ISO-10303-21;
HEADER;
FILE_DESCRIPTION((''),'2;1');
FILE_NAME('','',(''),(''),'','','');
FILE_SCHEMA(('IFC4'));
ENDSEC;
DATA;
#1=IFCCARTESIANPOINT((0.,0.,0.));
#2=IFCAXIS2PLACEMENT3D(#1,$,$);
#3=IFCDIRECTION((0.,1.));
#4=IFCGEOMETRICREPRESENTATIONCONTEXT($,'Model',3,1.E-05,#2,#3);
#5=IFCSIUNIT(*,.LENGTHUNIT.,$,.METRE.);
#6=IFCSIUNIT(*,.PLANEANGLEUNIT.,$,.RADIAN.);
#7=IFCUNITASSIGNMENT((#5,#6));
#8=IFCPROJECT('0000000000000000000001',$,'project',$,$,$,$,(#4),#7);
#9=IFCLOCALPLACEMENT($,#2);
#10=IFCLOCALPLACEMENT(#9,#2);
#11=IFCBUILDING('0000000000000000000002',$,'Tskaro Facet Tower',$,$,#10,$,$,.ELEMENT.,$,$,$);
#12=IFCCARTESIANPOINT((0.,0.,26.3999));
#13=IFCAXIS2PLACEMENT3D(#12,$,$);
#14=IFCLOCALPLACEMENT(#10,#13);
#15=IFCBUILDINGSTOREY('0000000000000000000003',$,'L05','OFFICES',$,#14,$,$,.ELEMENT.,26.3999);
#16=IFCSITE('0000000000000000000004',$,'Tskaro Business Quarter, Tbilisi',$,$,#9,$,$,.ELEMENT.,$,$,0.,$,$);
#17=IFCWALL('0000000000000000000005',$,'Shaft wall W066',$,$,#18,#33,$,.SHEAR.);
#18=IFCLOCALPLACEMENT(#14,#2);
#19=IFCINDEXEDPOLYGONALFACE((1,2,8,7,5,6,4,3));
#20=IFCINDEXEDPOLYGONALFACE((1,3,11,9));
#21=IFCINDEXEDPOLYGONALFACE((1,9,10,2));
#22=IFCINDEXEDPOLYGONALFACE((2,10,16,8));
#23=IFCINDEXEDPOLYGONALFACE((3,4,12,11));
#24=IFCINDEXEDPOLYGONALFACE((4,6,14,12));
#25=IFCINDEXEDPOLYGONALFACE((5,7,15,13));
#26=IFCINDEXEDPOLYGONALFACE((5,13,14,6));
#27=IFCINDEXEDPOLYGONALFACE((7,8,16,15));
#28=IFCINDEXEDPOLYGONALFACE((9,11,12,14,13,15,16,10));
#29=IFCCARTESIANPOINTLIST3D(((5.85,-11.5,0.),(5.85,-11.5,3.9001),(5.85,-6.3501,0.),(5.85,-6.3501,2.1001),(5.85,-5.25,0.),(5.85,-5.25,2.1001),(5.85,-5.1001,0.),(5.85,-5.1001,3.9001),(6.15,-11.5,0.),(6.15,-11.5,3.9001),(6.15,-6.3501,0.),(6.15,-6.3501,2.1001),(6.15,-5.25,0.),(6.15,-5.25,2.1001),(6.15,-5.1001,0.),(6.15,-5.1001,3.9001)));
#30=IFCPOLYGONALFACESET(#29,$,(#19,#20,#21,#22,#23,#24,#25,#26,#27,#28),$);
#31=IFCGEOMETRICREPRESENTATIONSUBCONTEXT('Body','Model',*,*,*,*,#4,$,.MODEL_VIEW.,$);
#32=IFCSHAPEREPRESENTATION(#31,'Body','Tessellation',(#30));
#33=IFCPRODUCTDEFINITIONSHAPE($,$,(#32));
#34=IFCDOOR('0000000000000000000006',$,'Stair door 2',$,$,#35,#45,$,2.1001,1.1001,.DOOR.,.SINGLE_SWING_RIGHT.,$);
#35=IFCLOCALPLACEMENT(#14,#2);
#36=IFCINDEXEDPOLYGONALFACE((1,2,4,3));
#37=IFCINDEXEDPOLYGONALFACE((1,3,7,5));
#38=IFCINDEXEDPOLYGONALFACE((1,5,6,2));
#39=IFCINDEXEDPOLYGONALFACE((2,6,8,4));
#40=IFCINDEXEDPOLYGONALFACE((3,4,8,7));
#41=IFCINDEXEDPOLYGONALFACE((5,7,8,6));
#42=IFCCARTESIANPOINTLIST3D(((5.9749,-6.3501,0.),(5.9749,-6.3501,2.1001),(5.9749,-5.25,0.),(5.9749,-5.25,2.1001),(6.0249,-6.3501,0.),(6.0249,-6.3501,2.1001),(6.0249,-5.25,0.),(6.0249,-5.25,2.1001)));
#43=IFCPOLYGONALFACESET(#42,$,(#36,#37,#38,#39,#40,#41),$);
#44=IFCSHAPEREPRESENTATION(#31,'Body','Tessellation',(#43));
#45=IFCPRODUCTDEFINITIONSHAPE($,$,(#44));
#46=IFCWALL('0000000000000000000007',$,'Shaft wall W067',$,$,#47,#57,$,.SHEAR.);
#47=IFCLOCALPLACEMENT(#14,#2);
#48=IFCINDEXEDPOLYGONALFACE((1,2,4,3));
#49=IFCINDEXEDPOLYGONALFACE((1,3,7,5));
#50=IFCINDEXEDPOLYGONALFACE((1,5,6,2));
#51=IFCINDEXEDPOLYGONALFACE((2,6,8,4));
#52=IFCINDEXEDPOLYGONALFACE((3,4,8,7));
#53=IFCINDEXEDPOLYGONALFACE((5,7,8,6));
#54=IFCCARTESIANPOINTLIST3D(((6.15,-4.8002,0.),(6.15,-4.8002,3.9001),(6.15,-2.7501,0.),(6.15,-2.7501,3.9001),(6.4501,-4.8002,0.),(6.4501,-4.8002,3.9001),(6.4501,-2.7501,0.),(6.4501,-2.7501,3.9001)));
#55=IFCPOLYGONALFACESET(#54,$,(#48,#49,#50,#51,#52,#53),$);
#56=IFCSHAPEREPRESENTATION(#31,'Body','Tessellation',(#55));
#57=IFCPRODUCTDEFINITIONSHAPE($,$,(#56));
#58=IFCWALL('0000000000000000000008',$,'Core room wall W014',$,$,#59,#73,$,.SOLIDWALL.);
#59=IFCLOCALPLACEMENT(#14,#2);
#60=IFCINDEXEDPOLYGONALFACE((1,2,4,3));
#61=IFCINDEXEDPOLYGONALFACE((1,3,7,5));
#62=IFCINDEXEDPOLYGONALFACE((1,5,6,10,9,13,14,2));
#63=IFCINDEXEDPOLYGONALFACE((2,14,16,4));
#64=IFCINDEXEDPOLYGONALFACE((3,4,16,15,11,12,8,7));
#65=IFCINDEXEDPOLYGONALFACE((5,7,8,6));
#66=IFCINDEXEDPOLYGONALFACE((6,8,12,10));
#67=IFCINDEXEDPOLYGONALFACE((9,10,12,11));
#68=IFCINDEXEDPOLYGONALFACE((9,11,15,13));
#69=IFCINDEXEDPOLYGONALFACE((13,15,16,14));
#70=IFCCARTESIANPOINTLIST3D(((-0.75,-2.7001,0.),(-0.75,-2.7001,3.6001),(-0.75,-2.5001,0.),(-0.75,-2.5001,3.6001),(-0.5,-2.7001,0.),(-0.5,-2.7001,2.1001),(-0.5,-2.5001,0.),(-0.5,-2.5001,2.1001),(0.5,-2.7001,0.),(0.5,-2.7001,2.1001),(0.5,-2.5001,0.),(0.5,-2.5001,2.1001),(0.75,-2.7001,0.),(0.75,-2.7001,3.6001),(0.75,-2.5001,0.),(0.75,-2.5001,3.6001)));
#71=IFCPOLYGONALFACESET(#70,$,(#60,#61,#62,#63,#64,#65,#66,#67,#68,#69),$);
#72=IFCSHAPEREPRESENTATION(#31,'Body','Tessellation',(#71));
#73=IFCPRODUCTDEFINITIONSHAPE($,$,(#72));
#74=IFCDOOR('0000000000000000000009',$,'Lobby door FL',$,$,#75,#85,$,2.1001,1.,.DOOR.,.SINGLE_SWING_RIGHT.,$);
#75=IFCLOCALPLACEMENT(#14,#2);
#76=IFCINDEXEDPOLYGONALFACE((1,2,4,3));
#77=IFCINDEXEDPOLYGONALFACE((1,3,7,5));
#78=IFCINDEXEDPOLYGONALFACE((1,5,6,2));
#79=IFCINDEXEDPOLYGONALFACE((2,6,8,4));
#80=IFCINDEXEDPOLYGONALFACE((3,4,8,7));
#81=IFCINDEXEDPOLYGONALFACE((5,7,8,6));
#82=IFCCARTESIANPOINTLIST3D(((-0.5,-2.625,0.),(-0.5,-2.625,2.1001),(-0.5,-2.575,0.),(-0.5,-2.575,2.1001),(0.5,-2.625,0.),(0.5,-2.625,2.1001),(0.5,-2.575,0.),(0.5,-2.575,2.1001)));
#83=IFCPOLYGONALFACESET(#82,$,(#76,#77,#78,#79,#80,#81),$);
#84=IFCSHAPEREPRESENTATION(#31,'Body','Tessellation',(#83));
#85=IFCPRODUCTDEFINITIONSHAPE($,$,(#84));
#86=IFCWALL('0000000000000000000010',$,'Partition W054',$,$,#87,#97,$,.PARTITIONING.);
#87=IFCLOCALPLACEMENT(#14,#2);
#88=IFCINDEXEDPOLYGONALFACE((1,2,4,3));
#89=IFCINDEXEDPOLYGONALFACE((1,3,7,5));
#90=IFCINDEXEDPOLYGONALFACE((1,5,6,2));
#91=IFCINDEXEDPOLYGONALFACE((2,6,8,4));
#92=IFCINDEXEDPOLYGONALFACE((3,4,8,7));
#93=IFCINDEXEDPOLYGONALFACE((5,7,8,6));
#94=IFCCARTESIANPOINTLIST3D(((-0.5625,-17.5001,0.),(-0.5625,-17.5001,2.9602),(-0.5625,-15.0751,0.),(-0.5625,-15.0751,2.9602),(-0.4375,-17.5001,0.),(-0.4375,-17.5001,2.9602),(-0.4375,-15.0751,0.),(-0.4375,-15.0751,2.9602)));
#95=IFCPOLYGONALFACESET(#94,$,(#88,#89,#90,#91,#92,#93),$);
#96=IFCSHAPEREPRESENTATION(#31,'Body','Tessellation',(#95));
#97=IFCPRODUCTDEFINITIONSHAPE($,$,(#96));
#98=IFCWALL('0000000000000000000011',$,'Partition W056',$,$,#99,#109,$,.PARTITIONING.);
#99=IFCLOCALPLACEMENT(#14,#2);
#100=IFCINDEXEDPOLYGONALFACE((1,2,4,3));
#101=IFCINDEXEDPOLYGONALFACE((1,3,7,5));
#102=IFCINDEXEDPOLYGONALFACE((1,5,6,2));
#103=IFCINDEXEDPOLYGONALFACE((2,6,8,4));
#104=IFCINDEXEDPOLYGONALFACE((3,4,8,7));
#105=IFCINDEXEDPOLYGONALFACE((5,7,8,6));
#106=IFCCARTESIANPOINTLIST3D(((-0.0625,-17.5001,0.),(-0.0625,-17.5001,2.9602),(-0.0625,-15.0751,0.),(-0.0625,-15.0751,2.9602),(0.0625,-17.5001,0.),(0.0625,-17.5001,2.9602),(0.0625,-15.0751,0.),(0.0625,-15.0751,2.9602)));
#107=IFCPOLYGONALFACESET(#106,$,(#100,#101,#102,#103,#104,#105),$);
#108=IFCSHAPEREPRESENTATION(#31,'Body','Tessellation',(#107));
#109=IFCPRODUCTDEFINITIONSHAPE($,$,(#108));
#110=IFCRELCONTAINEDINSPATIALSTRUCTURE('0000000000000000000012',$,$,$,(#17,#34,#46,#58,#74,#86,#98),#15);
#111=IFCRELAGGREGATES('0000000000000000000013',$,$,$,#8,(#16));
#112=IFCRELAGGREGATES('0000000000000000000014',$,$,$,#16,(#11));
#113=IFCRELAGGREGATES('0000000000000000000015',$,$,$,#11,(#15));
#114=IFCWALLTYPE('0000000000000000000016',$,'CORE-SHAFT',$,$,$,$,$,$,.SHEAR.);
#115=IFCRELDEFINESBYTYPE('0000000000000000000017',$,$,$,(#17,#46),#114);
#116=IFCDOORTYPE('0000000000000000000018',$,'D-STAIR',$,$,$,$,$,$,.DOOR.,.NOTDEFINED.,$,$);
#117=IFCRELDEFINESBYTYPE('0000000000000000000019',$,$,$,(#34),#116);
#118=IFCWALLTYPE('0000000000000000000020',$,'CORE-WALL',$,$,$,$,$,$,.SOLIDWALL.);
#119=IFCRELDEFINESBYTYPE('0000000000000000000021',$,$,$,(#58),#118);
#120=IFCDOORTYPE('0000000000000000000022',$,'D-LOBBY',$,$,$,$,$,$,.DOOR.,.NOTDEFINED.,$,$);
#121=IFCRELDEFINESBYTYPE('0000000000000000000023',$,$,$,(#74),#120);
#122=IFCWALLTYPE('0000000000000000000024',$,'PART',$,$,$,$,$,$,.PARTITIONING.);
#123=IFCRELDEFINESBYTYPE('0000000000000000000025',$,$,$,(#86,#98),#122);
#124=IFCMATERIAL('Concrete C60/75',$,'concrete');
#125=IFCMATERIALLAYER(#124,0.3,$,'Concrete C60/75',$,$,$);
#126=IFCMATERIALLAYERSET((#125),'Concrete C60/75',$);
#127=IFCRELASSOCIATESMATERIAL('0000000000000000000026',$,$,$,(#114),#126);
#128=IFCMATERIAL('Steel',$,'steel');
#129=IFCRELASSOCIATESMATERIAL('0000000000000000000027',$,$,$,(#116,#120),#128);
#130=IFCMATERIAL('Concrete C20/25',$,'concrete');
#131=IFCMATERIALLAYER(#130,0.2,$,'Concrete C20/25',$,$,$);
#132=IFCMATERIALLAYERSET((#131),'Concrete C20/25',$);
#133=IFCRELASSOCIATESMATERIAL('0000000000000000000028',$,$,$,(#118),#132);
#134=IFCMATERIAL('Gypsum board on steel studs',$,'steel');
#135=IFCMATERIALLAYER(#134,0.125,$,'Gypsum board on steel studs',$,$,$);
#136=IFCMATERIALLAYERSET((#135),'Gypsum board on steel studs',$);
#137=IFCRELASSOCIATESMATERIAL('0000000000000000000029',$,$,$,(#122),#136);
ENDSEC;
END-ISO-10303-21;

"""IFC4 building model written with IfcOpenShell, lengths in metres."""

from ifc_helpers import new_model, si_unit, direction, frame, frame_2d, origin, place, context, subcontext, project, spatial, rectangle, extrude, material, layer, layer_set, type_object, element, fill, save


model = new_model("IFC4")

# Units and contexts
model_context = context("Model", 3, precision=1e-05, world=origin(), true_north=direction((0.0, 1.0)))
body_context = subcontext(model_context, "Body", "Model", "MODEL_VIEW")
ifc_project = project(units=[si_unit("LENGTHUNIT", "METRE"), si_unit("PLANEANGLEUNIT", "RADIAN")], contexts=[model_context])

# Site, building, storey
site_placement = place(None, origin())
site = spatial("IfcSite", under=ifc_project, at=site_placement, Name="Tskaro Business Quarter, Tbilisi", CompositionType="ELEMENT", RefElevation=0.0)
building_placement = place(site_placement, origin())
building = spatial("IfcBuilding", under=site, at=building_placement, Name="Tskaro Facet Tower", CompositionType="ELEMENT")
storey_placement = place(building_placement, frame((0.0, 0.0, 26.3999)))
storey = spatial("IfcBuildingStorey", under=building, at=storey_placement, Name="L05", Description="OFFICES", CompositionType="ELEMENT", Elevation=26.3999)

# Shared definitions
ifc_material_1 = material(Name="Concrete C60/75", Category="concrete")
ifc_layer_1 = layer(ifc_material_1, 0.3, Name="Concrete C60/75")
ifc_layer_set_1 = layer_set([ifc_layer_1], Name="Concrete C60/75")
wall_type_1 = type_object("IfcWallType", Name="CORE-SHAFT", PredefinedType="SHEAR", material=ifc_layer_set_1)

# Wall, opening, door
wall_1_placement = place(storey_placement, frame((6.0, -5.1001, 0.0), z_axis=(0.0, 0.0, 1.0), x_axis=(0.0, -1.0, 0.0)))
wall_1 = element("IfcWall", 1, at=wall_1_placement, inside=storey, type_object=wall_type_1, Name="Shaft wall W066", PredefinedType="SHEAR", context=body_context, shape_type="SweptSolid", body=[
    extrude(rectangle(XDim=6.3999, YDim=0.3, at=frame_2d((3.2, 0.0))), origin(), (0.0, 0.0, 1.0), 3.9001),
])
opening_1_placement = place(wall_1_placement, frame((0.1499, 0.0, 0.0)))
opening_1 = element("IfcOpeningElement", 2, at=opening_1_placement, cuts=wall_1, PredefinedType="OPENING", context=body_context, shape_type="SweptSolid", body=[
    extrude(rectangle(XDim=1.1001, YDim=2.1001, at=frame_2d((0.55, 1.05))), frame((0.0, 0.1599, 0.0), z_axis=(0.0, -1.0, 0.0), x_axis=(1.0, 0.0, 0.0)), (0.0, 0.0, 1.0), 0.3201),
])
ifc_material_2 = material(Name="Steel", Category="steel")
door_type_1 = type_object("IfcDoorType", Name="D-STAIR", OperationType="NOTDEFINED", PredefinedType="DOOR", material=ifc_material_2)
door_1_placement = place(opening_1_placement, origin())
door_1 = element("IfcDoor", 3, at=door_1_placement, inside=storey, type_object=door_type_1, Name="Stair door 2", OperationType="SINGLE_SWING_RIGHT", OverallHeight=2.1001, OverallWidth=1.1001, PredefinedType="DOOR", context=body_context, shape_type="SweptSolid", body=[
    extrude(rectangle(XDim=1.1001, YDim=2.1001, at=frame_2d((0.55, 1.05))), frame((0.0, 0.0249, 0.0), z_axis=(0.0, -1.0, 0.0), x_axis=(1.0, 0.0, 0.0)), (0.0, 0.0, 1.0), 0.05),
])
fill(opening_1, door_1)

# Wall
wall_2_placement = place(storey_placement, frame((6.3, -4.8, 0.0), z_axis=(0.0, 0.0, 1.0), x_axis=(0.0, 1.0, 0.0)))
element("IfcWall", 4, at=wall_2_placement, inside=storey, type_object=wall_type_1, Name="Shaft wall W067", PredefinedType="SHEAR", context=body_context, shape_type="SweptSolid", body=[
    extrude(rectangle(XDim=2.05, YDim=0.3, at=frame_2d((1.0249, 0.0))), origin(), (0.0, 0.0, 1.0), 3.9001),
])

# Wall, opening, door
ifc_material_3 = material(Name="Concrete C20/25", Category="concrete")
ifc_layer_2 = layer(ifc_material_3, 0.2, Name="Concrete C20/25")
ifc_layer_set_2 = layer_set([ifc_layer_2], Name="Concrete C20/25")
wall_type_2 = type_object("IfcWallType", Name="CORE-WALL", PredefinedType="SOLIDWALL", material=ifc_layer_set_2)
wall_3_placement = place(storey_placement, frame((0.75, -2.6001, 0.0), z_axis=(0.0, 0.0, 1.0), x_axis=(-1.0, 0.0, 0.0)))
wall_3 = element("IfcWall", 5, at=wall_3_placement, inside=storey, type_object=wall_type_2, Name="Core room wall W014", PredefinedType="SOLIDWALL", context=body_context, shape_type="SweptSolid", body=[
    extrude(rectangle(XDim=1.5, YDim=0.2, at=frame_2d((0.75, 0.0))), origin(), (0.0, 0.0, 1.0), 3.6001),
])
opening_2_placement = place(wall_3_placement, frame((0.25, 0.0, 0.0)))
opening_2 = element("IfcOpeningElement", 6, at=opening_2_placement, cuts=wall_3, PredefinedType="OPENING", context=body_context, shape_type="SweptSolid", body=[
    extrude(rectangle(XDim=1.0, YDim=2.1001, at=frame_2d((0.5, 1.05))), frame((0.0, 0.1099, 0.0), z_axis=(0.0, -1.0, 0.0), x_axis=(1.0, 0.0, 0.0)), (0.0, 0.0, 1.0), 0.22),
])
door_type_2 = type_object("IfcDoorType", Name="D-LOBBY", OperationType="NOTDEFINED", PredefinedType="DOOR", material=ifc_material_2)
door_2_placement = place(opening_2_placement, origin())
door_2 = element("IfcDoor", 7, at=door_2_placement, inside=storey, type_object=door_type_2, Name="Lobby door FL", OperationType="SINGLE_SWING_RIGHT", OverallHeight=2.1001, OverallWidth=1.0, PredefinedType="DOOR", context=body_context, shape_type="SweptSolid", body=[
    extrude(rectangle(XDim=1.0, YDim=2.1001, at=frame_2d((0.5, 1.05))), frame((0.0, 0.0249, 0.0), z_axis=(0.0, -1.0, 0.0), x_axis=(1.0, 0.0, 0.0)), (0.0, 0.0, 1.0), 0.05),
])
fill(opening_2, door_2)

# Walls
ifc_material_4 = material(Name="Gypsum board on steel studs", Category="steel")
ifc_layer_3 = layer(ifc_material_4, 0.125, Name="Gypsum board on steel studs")
ifc_layer_set_3 = layer_set([ifc_layer_3], Name="Gypsum board on steel studs")
wall_type_3 = type_object("IfcWallType", Name="PART", PredefinedType="PARTITIONING", material=ifc_layer_set_3)
for number, where, z_axis, x_axis, name in (
    (8, (-0.5, -17.5, 0.0), (0.0, 0.0, 1.0), (0.0, 1.0, 0.0), "Partition W054"),
    (9, (0.0, -17.5, 0.0), (0.0, 0.0, 1.0), (0.0, 1.0, 0.0), "Partition W056"),
):
    element("IfcWall", number, at=place(storey_placement, frame(where, z_axis=z_axis, x_axis=x_axis)), inside=storey, type_object=wall_type_3, Name=name, PredefinedType="PARTITIONING", context=body_context, shape_type="SweptSolid", body=[
        extrude(rectangle(XDim=2.425, YDim=0.125, at=frame_2d((1.2124, 0.0))), origin(), (0.0, 0.0, 1.0), 2.9602),
    ])

save(model, "model.ifc")
